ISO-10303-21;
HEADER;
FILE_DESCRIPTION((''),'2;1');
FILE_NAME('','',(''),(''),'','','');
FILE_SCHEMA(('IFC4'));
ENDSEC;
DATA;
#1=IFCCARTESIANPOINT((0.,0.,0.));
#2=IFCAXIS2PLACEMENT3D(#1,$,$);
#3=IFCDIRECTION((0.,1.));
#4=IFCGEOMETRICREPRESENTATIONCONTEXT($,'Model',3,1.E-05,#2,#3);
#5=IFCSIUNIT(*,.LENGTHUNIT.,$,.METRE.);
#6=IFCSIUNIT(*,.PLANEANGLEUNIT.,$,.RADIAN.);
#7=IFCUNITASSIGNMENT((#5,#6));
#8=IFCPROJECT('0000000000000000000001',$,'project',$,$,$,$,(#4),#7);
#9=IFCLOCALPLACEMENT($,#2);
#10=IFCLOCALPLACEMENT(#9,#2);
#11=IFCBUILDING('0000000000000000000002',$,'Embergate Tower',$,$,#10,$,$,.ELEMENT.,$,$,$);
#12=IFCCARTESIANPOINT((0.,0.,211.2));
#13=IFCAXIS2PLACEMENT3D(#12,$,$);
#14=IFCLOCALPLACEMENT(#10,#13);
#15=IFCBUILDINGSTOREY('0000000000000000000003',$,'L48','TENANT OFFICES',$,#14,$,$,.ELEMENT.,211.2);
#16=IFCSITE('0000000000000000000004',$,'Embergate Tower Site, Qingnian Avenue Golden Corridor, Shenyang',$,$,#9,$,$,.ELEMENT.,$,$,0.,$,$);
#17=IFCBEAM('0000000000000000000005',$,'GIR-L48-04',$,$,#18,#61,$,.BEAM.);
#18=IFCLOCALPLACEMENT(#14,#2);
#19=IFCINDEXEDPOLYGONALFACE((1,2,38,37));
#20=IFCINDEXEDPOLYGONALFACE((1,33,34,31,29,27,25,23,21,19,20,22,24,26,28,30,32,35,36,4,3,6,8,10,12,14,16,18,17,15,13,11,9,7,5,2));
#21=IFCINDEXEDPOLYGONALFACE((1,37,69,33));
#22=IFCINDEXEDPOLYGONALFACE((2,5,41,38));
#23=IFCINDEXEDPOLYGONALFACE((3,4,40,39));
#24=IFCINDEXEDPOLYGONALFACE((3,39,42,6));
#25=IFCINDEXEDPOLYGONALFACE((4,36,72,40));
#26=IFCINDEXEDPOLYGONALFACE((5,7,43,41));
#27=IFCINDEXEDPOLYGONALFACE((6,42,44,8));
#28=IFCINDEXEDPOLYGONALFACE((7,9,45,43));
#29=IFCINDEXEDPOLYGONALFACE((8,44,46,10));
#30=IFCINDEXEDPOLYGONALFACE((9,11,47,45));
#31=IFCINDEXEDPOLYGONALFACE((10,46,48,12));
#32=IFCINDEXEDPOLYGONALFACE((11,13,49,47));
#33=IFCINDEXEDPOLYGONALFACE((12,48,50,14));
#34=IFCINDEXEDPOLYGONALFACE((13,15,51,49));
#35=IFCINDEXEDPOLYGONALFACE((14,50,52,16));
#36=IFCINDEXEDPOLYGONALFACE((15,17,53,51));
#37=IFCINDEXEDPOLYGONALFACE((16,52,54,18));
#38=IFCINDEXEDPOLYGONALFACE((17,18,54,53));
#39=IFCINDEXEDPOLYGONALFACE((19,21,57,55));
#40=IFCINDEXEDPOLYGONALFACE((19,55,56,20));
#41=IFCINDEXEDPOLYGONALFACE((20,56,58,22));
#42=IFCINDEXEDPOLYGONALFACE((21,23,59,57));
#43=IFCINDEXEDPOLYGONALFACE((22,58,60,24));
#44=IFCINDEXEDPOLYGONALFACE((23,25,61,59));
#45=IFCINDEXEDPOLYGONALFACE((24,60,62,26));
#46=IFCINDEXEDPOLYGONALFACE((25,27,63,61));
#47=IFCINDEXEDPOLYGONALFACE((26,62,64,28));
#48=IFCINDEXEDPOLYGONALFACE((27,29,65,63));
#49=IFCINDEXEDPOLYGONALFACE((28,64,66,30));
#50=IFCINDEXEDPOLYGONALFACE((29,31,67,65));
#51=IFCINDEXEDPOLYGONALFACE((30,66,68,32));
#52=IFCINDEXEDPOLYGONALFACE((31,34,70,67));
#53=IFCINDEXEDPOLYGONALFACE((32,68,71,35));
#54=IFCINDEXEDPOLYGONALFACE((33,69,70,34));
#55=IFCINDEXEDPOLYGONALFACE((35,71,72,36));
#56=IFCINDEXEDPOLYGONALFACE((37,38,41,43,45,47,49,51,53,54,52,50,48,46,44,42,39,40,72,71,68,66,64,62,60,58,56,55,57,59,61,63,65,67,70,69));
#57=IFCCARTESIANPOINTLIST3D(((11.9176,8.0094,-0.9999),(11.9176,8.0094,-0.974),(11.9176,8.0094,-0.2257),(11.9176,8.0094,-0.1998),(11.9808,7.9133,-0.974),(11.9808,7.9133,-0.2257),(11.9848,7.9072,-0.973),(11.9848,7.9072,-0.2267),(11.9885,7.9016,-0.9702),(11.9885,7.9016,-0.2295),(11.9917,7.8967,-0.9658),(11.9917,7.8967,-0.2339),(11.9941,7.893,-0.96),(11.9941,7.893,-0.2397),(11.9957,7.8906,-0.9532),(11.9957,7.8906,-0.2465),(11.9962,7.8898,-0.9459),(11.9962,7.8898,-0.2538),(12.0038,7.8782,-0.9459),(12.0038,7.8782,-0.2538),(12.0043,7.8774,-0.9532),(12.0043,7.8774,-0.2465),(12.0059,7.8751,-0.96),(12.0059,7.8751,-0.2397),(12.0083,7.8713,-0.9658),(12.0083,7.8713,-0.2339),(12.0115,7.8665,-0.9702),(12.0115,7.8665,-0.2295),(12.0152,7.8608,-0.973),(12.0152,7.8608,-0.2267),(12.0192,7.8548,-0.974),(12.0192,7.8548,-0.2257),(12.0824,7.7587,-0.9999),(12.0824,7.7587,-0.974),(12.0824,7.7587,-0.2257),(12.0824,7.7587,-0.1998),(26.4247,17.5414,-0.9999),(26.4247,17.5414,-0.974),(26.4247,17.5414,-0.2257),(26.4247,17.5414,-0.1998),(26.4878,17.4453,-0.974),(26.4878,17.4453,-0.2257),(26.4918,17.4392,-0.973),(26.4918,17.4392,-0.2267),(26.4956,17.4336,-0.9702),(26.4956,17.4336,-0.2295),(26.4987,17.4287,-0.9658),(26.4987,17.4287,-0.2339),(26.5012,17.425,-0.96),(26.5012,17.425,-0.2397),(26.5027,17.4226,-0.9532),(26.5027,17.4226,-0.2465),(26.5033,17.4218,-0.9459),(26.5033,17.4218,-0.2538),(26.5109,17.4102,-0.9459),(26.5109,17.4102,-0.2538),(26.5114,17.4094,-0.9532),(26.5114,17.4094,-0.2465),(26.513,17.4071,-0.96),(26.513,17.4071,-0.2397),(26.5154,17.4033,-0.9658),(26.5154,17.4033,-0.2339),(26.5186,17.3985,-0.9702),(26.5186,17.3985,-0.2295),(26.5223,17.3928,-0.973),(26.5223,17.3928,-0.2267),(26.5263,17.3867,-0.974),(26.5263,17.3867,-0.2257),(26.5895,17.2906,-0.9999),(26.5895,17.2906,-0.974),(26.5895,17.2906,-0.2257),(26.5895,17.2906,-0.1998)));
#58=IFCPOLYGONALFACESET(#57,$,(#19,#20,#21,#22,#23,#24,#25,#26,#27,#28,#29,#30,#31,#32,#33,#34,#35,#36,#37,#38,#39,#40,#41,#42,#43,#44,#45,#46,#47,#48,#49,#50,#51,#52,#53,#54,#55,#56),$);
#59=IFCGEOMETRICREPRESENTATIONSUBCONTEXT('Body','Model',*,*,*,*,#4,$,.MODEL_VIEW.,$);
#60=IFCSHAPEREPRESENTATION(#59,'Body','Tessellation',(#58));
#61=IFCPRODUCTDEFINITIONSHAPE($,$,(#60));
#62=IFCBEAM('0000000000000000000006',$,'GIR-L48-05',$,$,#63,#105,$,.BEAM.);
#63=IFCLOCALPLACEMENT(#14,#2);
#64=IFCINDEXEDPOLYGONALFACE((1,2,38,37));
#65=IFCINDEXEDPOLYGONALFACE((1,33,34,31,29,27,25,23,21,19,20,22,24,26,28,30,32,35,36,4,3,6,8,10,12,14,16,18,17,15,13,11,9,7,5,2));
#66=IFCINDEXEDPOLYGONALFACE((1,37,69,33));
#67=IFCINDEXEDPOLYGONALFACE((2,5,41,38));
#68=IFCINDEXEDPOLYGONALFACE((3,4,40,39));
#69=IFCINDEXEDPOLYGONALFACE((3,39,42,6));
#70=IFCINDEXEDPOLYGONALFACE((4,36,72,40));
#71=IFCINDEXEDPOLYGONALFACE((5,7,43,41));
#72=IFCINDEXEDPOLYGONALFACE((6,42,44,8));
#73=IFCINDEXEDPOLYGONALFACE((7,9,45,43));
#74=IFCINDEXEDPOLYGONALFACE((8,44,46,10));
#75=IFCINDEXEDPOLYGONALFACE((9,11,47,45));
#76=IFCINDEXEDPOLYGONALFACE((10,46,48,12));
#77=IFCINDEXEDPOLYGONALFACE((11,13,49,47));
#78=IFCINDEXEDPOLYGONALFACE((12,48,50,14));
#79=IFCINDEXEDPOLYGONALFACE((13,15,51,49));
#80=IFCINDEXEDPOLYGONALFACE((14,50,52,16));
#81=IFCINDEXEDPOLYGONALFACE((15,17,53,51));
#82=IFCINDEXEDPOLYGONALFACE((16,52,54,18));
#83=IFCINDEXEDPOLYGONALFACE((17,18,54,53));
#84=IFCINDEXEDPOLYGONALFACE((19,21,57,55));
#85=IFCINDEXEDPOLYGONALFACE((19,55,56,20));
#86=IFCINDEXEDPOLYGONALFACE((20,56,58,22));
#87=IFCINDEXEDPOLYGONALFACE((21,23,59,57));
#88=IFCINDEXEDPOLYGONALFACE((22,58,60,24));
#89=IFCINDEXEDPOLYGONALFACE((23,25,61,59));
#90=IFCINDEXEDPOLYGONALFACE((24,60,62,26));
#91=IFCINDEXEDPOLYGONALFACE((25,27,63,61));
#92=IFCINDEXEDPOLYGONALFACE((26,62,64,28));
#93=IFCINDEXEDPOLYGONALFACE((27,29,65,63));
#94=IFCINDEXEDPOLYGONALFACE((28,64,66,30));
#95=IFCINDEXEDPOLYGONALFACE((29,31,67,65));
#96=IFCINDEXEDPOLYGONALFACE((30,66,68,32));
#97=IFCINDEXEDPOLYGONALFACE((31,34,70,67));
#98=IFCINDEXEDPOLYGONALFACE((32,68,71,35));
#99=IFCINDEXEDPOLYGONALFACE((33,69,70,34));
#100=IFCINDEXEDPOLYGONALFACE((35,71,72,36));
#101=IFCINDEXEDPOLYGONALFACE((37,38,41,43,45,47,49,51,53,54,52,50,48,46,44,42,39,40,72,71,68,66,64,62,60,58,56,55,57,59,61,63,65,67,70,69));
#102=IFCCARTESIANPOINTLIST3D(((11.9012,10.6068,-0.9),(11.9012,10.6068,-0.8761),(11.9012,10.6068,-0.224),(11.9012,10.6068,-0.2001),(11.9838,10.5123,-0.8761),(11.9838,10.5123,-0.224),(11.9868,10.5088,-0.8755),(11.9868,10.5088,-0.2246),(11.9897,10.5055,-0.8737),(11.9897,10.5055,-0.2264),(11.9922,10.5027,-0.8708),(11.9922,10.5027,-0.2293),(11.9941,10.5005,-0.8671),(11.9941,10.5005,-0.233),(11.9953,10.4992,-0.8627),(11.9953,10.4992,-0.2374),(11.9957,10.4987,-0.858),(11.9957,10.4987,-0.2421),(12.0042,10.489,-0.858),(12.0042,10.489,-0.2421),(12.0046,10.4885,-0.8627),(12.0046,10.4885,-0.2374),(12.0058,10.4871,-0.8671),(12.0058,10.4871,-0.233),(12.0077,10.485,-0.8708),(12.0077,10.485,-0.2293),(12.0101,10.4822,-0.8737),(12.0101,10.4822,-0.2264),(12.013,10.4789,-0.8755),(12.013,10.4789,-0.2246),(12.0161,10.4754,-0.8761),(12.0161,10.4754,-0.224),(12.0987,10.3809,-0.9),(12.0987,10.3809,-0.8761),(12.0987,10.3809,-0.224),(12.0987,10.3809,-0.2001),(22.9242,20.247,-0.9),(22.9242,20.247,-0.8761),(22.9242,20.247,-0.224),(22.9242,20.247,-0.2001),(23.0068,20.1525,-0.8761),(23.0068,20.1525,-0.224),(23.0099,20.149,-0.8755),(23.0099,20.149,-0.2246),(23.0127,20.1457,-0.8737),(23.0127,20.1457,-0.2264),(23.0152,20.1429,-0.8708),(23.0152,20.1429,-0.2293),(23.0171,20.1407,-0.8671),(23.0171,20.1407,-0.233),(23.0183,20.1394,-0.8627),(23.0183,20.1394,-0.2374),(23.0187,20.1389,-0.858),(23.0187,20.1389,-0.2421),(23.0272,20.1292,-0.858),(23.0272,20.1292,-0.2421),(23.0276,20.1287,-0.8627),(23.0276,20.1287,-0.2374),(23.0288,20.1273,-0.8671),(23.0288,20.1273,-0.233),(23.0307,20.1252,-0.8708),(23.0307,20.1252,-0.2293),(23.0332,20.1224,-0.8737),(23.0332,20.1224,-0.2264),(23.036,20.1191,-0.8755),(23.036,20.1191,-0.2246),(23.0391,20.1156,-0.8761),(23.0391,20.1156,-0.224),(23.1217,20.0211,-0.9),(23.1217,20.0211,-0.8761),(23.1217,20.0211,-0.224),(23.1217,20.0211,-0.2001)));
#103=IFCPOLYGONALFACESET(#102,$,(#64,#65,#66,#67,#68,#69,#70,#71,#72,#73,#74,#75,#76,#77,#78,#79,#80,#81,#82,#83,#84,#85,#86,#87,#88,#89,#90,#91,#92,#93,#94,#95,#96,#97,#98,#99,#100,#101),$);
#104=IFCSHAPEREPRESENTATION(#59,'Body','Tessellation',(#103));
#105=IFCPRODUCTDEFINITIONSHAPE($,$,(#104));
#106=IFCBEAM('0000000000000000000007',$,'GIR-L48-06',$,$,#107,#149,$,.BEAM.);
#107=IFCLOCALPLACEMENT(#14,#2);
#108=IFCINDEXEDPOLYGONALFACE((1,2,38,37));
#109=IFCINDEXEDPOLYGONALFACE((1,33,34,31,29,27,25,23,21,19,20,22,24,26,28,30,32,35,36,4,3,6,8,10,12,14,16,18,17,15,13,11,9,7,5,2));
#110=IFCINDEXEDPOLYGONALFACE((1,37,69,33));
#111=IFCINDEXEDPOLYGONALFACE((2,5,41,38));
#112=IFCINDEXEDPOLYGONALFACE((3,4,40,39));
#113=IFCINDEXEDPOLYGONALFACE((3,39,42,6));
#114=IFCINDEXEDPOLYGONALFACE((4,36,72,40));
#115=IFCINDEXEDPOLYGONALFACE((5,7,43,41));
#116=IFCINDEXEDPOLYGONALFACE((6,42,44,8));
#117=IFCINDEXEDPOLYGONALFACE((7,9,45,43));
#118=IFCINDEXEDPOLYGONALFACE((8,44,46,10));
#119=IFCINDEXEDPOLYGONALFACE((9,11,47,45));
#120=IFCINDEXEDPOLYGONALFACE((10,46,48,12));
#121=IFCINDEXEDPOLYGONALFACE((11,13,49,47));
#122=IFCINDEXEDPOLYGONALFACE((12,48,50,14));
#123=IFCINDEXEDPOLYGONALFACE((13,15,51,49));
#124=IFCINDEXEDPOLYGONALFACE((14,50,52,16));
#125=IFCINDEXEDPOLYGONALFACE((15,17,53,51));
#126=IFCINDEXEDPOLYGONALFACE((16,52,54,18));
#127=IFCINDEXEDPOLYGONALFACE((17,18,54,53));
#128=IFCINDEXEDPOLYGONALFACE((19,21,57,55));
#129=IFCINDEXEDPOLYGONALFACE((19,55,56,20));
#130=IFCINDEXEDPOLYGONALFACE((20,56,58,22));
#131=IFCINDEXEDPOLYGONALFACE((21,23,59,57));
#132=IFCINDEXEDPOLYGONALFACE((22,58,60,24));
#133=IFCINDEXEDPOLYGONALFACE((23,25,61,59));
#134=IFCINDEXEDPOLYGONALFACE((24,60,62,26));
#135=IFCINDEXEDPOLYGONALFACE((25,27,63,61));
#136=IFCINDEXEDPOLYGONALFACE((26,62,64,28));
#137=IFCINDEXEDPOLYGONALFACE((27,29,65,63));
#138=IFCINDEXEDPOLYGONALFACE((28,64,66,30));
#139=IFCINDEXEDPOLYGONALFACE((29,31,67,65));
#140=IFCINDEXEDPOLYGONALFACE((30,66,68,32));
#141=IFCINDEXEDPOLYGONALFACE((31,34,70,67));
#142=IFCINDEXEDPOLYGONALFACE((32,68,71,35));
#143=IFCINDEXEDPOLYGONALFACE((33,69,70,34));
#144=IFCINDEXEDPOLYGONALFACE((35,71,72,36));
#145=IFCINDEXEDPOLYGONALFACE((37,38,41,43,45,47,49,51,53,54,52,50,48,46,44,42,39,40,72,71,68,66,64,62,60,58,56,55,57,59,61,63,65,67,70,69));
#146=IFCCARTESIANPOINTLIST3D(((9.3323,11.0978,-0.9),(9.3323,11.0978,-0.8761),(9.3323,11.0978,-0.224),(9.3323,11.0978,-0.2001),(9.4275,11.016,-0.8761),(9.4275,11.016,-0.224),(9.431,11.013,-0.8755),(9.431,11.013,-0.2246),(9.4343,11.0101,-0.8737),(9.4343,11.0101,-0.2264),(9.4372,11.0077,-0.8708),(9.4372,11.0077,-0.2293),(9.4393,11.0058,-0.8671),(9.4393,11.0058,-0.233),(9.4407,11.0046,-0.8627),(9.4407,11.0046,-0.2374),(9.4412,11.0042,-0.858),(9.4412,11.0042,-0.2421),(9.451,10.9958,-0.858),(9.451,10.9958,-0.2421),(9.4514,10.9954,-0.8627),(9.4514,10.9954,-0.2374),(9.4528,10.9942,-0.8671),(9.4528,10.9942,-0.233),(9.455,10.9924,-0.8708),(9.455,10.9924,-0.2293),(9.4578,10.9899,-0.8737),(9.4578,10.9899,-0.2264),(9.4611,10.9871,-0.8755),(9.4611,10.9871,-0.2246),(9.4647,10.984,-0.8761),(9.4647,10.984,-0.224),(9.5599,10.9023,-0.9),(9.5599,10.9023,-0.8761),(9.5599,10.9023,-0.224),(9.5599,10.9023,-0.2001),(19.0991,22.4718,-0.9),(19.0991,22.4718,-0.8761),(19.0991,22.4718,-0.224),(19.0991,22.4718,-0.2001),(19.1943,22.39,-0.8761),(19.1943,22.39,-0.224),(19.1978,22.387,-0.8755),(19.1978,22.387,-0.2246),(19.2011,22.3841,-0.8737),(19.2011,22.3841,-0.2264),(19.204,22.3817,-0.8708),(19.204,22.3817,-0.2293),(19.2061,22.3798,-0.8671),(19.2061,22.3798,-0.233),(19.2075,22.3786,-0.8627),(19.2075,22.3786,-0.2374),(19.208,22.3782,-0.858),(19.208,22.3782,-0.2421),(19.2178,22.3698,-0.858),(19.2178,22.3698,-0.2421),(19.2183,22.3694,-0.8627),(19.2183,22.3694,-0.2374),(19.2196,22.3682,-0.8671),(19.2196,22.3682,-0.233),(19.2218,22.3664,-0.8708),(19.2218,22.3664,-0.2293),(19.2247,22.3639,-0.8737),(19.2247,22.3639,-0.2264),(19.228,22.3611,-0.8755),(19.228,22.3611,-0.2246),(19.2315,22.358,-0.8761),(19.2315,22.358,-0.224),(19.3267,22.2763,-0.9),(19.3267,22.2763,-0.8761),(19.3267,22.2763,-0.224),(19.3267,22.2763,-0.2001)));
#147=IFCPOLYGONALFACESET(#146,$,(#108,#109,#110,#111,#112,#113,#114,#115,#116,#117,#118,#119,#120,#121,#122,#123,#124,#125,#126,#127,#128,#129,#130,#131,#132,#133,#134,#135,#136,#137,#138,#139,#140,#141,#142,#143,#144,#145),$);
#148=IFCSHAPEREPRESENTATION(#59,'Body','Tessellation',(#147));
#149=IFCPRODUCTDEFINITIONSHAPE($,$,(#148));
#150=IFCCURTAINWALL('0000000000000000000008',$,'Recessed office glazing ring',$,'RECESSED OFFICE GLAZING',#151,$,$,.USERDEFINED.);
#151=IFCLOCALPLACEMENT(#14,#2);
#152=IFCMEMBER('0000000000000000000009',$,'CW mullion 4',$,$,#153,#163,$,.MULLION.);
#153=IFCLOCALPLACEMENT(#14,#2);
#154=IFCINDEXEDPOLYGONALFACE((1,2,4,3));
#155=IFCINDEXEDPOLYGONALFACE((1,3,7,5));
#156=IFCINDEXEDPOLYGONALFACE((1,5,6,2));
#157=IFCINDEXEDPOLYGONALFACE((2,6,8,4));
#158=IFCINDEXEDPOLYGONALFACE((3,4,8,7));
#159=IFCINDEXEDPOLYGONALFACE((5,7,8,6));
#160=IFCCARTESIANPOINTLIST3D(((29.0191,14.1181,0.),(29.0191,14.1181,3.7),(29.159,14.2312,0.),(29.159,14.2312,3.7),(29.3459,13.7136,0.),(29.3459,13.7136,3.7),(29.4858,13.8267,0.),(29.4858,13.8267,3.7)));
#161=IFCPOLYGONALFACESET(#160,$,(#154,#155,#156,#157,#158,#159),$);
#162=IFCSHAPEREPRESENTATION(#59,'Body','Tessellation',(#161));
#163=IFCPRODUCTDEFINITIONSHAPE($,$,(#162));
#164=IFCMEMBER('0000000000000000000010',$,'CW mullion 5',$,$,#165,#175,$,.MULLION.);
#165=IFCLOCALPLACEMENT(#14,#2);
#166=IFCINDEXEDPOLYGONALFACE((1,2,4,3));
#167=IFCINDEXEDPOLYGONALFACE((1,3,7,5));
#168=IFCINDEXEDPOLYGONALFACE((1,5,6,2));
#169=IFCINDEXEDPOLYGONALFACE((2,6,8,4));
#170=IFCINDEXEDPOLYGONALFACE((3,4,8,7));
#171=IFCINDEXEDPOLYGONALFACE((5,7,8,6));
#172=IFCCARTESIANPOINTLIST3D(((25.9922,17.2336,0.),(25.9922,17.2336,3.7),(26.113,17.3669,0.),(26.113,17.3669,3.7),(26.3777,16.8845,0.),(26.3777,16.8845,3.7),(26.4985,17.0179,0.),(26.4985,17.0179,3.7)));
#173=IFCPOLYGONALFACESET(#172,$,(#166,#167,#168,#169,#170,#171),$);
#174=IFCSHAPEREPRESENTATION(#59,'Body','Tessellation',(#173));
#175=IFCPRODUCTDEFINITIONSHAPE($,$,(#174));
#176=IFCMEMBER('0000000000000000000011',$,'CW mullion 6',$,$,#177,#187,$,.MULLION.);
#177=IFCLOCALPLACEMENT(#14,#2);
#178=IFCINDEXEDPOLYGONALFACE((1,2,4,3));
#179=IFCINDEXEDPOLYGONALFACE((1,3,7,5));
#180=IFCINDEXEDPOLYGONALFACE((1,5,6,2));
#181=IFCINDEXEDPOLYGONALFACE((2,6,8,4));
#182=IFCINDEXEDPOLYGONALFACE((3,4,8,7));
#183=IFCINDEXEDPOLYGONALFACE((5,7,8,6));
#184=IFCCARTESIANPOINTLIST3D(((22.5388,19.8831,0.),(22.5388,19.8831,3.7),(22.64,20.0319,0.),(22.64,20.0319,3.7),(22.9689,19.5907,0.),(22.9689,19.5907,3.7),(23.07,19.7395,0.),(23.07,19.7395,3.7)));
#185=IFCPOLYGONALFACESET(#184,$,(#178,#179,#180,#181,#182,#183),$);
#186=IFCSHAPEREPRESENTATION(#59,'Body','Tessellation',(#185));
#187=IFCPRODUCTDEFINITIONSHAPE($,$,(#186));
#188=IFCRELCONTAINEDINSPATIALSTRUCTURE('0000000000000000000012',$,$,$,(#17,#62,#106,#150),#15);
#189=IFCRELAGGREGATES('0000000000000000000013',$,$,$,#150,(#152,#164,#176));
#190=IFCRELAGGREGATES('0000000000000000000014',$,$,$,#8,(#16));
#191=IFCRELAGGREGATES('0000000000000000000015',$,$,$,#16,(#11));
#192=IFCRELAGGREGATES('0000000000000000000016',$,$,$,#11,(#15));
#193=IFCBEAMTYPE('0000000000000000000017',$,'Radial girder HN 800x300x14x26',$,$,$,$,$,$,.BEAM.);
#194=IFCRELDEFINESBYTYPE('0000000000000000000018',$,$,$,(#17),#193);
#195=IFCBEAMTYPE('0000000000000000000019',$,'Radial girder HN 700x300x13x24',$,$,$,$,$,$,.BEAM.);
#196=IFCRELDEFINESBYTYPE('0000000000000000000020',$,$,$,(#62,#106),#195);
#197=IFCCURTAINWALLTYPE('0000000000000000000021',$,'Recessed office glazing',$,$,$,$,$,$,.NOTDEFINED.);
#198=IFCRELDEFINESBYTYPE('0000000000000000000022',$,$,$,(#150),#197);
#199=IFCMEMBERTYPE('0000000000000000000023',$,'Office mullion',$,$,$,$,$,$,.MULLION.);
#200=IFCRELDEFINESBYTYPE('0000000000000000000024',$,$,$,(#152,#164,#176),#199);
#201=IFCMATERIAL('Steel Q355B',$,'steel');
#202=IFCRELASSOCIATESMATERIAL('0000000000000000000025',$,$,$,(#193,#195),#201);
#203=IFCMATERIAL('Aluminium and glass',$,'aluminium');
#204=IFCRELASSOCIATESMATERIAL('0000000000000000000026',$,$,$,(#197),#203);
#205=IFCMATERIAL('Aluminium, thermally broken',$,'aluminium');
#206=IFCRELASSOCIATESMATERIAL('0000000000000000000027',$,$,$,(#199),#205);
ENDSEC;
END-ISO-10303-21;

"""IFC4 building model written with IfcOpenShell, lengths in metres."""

from ifc_helpers import new_model, si_unit, direction, frame, origin, origin_2d, place, context, subcontext, project, spatial, rectangle, i_section, extrude, source, transform, mapped, material, material_profile, profile_set, type_object, element, aggregate, save


model = new_model("IFC4")

# Units and contexts
model_context = context("Model", 3, precision=1e-05, world=origin(), true_north=direction((0.0, 1.0)))
body_context = subcontext(model_context, "Body", "Model", "MODEL_VIEW")
ifc_project = project(units=[si_unit("LENGTHUNIT", "METRE"), si_unit("PLANEANGLEUNIT", "RADIAN")], contexts=[model_context])

# Site, building, storey
site_placement = place(None, origin())
site = spatial("IfcSite", under=ifc_project, at=site_placement, Name="Embergate Tower Site, Qingnian Avenue Golden Corridor, Shenyang", CompositionType="ELEMENT", RefElevation=0.0)
building_placement = place(site_placement, origin())
building = spatial("IfcBuilding", under=site, at=building_placement, Name="Embergate Tower", CompositionType="ELEMENT")
storey_placement = place(building_placement, frame((0.0, 0.0, 211.2)))
storey = spatial("IfcBuildingStorey", under=building, at=storey_placement, Name="L48", Description="TENANT OFFICES", CompositionType="ELEMENT", Elevation=211.2)

# Beams
ifc_material_1 = material(Name="Steel Q355B", Category="steel")
ifc_material_profile_1 = material_profile(ifc_material_1, i_section(OverallWidth=0.3, OverallDepth=0.8, WebThickness=0.0139, FlangeThickness=0.0259, FilletRadius=0.0281, at=origin_2d()), Name="HN 800x300x14x26")
ifc_profile_set_1 = profile_set([ifc_material_profile_1], Name="Steel Q355 grade B")
beam_type_1 = type_object("IfcBeamType", Name="Radial girder HN 800x300x14x26", PredefinedType="BEAM", material=ifc_profile_set_1)
shared_shape_1 = source(origin(), body_context, "Body", "SweptSolid", [
    extrude(i_section(OverallWidth=0.3, OverallDepth=0.8, WebThickness=0.0139, FlangeThickness=0.0259, FilletRadius=0.0281, at=origin_2d()), origin(), (0.0, 0.0, 1.0), 17.3584),
])
beam_1_placement = place(storey_placement, frame((26.5071, 17.416, -0.5999), z_axis=(-0.835738, -0.549128, 0.0), x_axis=(0.549128, -0.835738, 0.0)))
element("IfcBeam", 1, at=beam_1_placement, inside=storey, type_object=beam_type_1, Name="GIR-L48-04", PredefinedType="BEAM", context=body_context, shape_type="MappedRepresentation", body=[
    mapped(shared_shape_1, transform((0.0, 0.0, 0.0))),
])
ifc_material_profile_2 = material_profile(ifc_material_1, i_section(OverallWidth=0.3, OverallDepth=0.7, WebThickness=0.0129, FlangeThickness=0.0239, FilletRadius=0.0181, at=origin_2d()), Name="HN 700x300x13x24")
ifc_profile_set_2 = profile_set([ifc_material_profile_2], Name="Steel Q355 grade B")
beam_type_2 = type_object("IfcBeamType", Name="Radial girder HN 700x300x13x24", PredefinedType="BEAM", material=ifc_profile_set_2)
shared_shape_2 = source(origin(), body_context, "Body", "SweptSolid", [
    extrude(i_section(OverallWidth=0.3, OverallDepth=0.7, WebThickness=0.0129, FlangeThickness=0.0239, FilletRadius=0.0181, at=origin_2d()), origin(), (0.0, 0.0, 1.0), 14.6438),
])
beam_2_placement = place(storey_placement, frame((23.0229, 20.134, -0.55), z_axis=(-0.752744, -0.658313, 0.0), x_axis=(0.658313, -0.752744, 0.0)))
element("IfcBeam", 2, at=beam_2_placement, inside=storey, type_object=beam_type_2, Name="GIR-L48-05", PredefinedType="BEAM", context=body_context, shape_type="MappedRepresentation", body=[
    mapped(shared_shape_2, transform((0.0, 0.0, 0.0))),
])
shared_shape_3 = source(origin(), body_context, "Body", "SweptSolid", [
    extrude(i_section(OverallWidth=0.3, OverallDepth=0.7, WebThickness=0.0129, FlangeThickness=0.0239, FilletRadius=0.0181, at=origin_2d()), origin(), (0.0, 0.0, 1.0), 14.9919),
])
beam_3_placement = place(storey_placement, frame((19.2129, 22.374, -0.55), z_axis=(-0.651471, -0.758673, 0.0), x_axis=(0.758673, -0.651471, 0.0)))
element("IfcBeam", 3, at=beam_3_placement, inside=storey, type_object=beam_type_2, Name="GIR-L48-06", PredefinedType="BEAM", context=body_context, shape_type="MappedRepresentation", body=[
    mapped(shared_shape_3, transform((0.0, 0.0, 0.0))),
])

# Curtain wall, members
ifc_material_2 = material(Name="Aluminium and glass", Category="aluminium")
curtain_wall_type = type_object("IfcCurtainWallType", Name="Recessed office glazing", PredefinedType="NOTDEFINED", material=ifc_material_2)
curtain_wall_placement = place(storey_placement, origin())
curtain_wall = element("IfcCurtainWall", 4, at=curtain_wall_placement, inside=storey, type_object=curtain_wall_type, Name="Recessed office glazing ring", ObjectType="RECESSED OFFICE GLAZING", PredefinedType="USERDEFINED")
ifc_material_3 = material(Name="Aluminium, thermally broken", Category="aluminium")
ifc_material_profile_3 = material_profile(ifc_material_3, rectangle(XDim=0.1799, YDim=0.52, at=origin_2d()), Name="AL 520x180")
ifc_profile_set_3 = profile_set([ifc_material_profile_3], Name="Aluminium, thermally broken")
member_type_1 = type_object("IfcMemberType", Name="Office mullion", PredefinedType="MULLION", material=ifc_profile_set_3)
shared_shape_4 = source(origin(), body_context, "Body", "SweptSolid", [
    extrude(rectangle(XDim=0.1799, YDim=0.52, at=origin_2d()), origin(), (0.0, 0.0, 1.0), 3.7),
])
member_1_placement = place(storey_placement, frame((29.2524, 13.9724, 0.0), z_axis=(0.0, 0.0, 1.0), x_axis=(-0.777875, -0.628419, 0.0)))
member_1 = element("IfcMember", 5, at=member_1_placement, type_object=member_type_1, Name="CW mullion 4", PredefinedType="MULLION", context=body_context, shape_type="MappedRepresentation", body=[
    mapped(shared_shape_4, transform((0.0, 0.0, 0.0))),
])
member_2_placement = place(storey_placement, frame((26.2454, 17.1257, 0.0), z_axis=(0.0, 0.0, 1.0), x_axis=(-0.67123, -0.741249, 0.0)))
member_2 = element("IfcMember", 6, at=member_2_placement, type_object=member_type_1, Name="CW mullion 5", PredefinedType="MULLION", context=body_context, shape_type="MappedRepresentation", body=[
    mapped(shared_shape_4, transform((0.0, 0.0, 0.0))),
])
member_3_placement = place(storey_placement, frame((22.8044, 19.8113, 0.0), z_axis=(0.0, 0.0, 1.0), x_axis=(-0.562221, -0.826987, 0.0)))
member_3 = element("IfcMember", 7, at=member_3_placement, type_object=member_type_1, Name="CW mullion 6", PredefinedType="MULLION", context=body_context, shape_type="MappedRepresentation", body=[
    mapped(shared_shape_4, transform((0.0, 0.0, 0.0))),
])
aggregate(curtain_wall, [member_1, member_2, member_3])

save(model, "model.ifc")
